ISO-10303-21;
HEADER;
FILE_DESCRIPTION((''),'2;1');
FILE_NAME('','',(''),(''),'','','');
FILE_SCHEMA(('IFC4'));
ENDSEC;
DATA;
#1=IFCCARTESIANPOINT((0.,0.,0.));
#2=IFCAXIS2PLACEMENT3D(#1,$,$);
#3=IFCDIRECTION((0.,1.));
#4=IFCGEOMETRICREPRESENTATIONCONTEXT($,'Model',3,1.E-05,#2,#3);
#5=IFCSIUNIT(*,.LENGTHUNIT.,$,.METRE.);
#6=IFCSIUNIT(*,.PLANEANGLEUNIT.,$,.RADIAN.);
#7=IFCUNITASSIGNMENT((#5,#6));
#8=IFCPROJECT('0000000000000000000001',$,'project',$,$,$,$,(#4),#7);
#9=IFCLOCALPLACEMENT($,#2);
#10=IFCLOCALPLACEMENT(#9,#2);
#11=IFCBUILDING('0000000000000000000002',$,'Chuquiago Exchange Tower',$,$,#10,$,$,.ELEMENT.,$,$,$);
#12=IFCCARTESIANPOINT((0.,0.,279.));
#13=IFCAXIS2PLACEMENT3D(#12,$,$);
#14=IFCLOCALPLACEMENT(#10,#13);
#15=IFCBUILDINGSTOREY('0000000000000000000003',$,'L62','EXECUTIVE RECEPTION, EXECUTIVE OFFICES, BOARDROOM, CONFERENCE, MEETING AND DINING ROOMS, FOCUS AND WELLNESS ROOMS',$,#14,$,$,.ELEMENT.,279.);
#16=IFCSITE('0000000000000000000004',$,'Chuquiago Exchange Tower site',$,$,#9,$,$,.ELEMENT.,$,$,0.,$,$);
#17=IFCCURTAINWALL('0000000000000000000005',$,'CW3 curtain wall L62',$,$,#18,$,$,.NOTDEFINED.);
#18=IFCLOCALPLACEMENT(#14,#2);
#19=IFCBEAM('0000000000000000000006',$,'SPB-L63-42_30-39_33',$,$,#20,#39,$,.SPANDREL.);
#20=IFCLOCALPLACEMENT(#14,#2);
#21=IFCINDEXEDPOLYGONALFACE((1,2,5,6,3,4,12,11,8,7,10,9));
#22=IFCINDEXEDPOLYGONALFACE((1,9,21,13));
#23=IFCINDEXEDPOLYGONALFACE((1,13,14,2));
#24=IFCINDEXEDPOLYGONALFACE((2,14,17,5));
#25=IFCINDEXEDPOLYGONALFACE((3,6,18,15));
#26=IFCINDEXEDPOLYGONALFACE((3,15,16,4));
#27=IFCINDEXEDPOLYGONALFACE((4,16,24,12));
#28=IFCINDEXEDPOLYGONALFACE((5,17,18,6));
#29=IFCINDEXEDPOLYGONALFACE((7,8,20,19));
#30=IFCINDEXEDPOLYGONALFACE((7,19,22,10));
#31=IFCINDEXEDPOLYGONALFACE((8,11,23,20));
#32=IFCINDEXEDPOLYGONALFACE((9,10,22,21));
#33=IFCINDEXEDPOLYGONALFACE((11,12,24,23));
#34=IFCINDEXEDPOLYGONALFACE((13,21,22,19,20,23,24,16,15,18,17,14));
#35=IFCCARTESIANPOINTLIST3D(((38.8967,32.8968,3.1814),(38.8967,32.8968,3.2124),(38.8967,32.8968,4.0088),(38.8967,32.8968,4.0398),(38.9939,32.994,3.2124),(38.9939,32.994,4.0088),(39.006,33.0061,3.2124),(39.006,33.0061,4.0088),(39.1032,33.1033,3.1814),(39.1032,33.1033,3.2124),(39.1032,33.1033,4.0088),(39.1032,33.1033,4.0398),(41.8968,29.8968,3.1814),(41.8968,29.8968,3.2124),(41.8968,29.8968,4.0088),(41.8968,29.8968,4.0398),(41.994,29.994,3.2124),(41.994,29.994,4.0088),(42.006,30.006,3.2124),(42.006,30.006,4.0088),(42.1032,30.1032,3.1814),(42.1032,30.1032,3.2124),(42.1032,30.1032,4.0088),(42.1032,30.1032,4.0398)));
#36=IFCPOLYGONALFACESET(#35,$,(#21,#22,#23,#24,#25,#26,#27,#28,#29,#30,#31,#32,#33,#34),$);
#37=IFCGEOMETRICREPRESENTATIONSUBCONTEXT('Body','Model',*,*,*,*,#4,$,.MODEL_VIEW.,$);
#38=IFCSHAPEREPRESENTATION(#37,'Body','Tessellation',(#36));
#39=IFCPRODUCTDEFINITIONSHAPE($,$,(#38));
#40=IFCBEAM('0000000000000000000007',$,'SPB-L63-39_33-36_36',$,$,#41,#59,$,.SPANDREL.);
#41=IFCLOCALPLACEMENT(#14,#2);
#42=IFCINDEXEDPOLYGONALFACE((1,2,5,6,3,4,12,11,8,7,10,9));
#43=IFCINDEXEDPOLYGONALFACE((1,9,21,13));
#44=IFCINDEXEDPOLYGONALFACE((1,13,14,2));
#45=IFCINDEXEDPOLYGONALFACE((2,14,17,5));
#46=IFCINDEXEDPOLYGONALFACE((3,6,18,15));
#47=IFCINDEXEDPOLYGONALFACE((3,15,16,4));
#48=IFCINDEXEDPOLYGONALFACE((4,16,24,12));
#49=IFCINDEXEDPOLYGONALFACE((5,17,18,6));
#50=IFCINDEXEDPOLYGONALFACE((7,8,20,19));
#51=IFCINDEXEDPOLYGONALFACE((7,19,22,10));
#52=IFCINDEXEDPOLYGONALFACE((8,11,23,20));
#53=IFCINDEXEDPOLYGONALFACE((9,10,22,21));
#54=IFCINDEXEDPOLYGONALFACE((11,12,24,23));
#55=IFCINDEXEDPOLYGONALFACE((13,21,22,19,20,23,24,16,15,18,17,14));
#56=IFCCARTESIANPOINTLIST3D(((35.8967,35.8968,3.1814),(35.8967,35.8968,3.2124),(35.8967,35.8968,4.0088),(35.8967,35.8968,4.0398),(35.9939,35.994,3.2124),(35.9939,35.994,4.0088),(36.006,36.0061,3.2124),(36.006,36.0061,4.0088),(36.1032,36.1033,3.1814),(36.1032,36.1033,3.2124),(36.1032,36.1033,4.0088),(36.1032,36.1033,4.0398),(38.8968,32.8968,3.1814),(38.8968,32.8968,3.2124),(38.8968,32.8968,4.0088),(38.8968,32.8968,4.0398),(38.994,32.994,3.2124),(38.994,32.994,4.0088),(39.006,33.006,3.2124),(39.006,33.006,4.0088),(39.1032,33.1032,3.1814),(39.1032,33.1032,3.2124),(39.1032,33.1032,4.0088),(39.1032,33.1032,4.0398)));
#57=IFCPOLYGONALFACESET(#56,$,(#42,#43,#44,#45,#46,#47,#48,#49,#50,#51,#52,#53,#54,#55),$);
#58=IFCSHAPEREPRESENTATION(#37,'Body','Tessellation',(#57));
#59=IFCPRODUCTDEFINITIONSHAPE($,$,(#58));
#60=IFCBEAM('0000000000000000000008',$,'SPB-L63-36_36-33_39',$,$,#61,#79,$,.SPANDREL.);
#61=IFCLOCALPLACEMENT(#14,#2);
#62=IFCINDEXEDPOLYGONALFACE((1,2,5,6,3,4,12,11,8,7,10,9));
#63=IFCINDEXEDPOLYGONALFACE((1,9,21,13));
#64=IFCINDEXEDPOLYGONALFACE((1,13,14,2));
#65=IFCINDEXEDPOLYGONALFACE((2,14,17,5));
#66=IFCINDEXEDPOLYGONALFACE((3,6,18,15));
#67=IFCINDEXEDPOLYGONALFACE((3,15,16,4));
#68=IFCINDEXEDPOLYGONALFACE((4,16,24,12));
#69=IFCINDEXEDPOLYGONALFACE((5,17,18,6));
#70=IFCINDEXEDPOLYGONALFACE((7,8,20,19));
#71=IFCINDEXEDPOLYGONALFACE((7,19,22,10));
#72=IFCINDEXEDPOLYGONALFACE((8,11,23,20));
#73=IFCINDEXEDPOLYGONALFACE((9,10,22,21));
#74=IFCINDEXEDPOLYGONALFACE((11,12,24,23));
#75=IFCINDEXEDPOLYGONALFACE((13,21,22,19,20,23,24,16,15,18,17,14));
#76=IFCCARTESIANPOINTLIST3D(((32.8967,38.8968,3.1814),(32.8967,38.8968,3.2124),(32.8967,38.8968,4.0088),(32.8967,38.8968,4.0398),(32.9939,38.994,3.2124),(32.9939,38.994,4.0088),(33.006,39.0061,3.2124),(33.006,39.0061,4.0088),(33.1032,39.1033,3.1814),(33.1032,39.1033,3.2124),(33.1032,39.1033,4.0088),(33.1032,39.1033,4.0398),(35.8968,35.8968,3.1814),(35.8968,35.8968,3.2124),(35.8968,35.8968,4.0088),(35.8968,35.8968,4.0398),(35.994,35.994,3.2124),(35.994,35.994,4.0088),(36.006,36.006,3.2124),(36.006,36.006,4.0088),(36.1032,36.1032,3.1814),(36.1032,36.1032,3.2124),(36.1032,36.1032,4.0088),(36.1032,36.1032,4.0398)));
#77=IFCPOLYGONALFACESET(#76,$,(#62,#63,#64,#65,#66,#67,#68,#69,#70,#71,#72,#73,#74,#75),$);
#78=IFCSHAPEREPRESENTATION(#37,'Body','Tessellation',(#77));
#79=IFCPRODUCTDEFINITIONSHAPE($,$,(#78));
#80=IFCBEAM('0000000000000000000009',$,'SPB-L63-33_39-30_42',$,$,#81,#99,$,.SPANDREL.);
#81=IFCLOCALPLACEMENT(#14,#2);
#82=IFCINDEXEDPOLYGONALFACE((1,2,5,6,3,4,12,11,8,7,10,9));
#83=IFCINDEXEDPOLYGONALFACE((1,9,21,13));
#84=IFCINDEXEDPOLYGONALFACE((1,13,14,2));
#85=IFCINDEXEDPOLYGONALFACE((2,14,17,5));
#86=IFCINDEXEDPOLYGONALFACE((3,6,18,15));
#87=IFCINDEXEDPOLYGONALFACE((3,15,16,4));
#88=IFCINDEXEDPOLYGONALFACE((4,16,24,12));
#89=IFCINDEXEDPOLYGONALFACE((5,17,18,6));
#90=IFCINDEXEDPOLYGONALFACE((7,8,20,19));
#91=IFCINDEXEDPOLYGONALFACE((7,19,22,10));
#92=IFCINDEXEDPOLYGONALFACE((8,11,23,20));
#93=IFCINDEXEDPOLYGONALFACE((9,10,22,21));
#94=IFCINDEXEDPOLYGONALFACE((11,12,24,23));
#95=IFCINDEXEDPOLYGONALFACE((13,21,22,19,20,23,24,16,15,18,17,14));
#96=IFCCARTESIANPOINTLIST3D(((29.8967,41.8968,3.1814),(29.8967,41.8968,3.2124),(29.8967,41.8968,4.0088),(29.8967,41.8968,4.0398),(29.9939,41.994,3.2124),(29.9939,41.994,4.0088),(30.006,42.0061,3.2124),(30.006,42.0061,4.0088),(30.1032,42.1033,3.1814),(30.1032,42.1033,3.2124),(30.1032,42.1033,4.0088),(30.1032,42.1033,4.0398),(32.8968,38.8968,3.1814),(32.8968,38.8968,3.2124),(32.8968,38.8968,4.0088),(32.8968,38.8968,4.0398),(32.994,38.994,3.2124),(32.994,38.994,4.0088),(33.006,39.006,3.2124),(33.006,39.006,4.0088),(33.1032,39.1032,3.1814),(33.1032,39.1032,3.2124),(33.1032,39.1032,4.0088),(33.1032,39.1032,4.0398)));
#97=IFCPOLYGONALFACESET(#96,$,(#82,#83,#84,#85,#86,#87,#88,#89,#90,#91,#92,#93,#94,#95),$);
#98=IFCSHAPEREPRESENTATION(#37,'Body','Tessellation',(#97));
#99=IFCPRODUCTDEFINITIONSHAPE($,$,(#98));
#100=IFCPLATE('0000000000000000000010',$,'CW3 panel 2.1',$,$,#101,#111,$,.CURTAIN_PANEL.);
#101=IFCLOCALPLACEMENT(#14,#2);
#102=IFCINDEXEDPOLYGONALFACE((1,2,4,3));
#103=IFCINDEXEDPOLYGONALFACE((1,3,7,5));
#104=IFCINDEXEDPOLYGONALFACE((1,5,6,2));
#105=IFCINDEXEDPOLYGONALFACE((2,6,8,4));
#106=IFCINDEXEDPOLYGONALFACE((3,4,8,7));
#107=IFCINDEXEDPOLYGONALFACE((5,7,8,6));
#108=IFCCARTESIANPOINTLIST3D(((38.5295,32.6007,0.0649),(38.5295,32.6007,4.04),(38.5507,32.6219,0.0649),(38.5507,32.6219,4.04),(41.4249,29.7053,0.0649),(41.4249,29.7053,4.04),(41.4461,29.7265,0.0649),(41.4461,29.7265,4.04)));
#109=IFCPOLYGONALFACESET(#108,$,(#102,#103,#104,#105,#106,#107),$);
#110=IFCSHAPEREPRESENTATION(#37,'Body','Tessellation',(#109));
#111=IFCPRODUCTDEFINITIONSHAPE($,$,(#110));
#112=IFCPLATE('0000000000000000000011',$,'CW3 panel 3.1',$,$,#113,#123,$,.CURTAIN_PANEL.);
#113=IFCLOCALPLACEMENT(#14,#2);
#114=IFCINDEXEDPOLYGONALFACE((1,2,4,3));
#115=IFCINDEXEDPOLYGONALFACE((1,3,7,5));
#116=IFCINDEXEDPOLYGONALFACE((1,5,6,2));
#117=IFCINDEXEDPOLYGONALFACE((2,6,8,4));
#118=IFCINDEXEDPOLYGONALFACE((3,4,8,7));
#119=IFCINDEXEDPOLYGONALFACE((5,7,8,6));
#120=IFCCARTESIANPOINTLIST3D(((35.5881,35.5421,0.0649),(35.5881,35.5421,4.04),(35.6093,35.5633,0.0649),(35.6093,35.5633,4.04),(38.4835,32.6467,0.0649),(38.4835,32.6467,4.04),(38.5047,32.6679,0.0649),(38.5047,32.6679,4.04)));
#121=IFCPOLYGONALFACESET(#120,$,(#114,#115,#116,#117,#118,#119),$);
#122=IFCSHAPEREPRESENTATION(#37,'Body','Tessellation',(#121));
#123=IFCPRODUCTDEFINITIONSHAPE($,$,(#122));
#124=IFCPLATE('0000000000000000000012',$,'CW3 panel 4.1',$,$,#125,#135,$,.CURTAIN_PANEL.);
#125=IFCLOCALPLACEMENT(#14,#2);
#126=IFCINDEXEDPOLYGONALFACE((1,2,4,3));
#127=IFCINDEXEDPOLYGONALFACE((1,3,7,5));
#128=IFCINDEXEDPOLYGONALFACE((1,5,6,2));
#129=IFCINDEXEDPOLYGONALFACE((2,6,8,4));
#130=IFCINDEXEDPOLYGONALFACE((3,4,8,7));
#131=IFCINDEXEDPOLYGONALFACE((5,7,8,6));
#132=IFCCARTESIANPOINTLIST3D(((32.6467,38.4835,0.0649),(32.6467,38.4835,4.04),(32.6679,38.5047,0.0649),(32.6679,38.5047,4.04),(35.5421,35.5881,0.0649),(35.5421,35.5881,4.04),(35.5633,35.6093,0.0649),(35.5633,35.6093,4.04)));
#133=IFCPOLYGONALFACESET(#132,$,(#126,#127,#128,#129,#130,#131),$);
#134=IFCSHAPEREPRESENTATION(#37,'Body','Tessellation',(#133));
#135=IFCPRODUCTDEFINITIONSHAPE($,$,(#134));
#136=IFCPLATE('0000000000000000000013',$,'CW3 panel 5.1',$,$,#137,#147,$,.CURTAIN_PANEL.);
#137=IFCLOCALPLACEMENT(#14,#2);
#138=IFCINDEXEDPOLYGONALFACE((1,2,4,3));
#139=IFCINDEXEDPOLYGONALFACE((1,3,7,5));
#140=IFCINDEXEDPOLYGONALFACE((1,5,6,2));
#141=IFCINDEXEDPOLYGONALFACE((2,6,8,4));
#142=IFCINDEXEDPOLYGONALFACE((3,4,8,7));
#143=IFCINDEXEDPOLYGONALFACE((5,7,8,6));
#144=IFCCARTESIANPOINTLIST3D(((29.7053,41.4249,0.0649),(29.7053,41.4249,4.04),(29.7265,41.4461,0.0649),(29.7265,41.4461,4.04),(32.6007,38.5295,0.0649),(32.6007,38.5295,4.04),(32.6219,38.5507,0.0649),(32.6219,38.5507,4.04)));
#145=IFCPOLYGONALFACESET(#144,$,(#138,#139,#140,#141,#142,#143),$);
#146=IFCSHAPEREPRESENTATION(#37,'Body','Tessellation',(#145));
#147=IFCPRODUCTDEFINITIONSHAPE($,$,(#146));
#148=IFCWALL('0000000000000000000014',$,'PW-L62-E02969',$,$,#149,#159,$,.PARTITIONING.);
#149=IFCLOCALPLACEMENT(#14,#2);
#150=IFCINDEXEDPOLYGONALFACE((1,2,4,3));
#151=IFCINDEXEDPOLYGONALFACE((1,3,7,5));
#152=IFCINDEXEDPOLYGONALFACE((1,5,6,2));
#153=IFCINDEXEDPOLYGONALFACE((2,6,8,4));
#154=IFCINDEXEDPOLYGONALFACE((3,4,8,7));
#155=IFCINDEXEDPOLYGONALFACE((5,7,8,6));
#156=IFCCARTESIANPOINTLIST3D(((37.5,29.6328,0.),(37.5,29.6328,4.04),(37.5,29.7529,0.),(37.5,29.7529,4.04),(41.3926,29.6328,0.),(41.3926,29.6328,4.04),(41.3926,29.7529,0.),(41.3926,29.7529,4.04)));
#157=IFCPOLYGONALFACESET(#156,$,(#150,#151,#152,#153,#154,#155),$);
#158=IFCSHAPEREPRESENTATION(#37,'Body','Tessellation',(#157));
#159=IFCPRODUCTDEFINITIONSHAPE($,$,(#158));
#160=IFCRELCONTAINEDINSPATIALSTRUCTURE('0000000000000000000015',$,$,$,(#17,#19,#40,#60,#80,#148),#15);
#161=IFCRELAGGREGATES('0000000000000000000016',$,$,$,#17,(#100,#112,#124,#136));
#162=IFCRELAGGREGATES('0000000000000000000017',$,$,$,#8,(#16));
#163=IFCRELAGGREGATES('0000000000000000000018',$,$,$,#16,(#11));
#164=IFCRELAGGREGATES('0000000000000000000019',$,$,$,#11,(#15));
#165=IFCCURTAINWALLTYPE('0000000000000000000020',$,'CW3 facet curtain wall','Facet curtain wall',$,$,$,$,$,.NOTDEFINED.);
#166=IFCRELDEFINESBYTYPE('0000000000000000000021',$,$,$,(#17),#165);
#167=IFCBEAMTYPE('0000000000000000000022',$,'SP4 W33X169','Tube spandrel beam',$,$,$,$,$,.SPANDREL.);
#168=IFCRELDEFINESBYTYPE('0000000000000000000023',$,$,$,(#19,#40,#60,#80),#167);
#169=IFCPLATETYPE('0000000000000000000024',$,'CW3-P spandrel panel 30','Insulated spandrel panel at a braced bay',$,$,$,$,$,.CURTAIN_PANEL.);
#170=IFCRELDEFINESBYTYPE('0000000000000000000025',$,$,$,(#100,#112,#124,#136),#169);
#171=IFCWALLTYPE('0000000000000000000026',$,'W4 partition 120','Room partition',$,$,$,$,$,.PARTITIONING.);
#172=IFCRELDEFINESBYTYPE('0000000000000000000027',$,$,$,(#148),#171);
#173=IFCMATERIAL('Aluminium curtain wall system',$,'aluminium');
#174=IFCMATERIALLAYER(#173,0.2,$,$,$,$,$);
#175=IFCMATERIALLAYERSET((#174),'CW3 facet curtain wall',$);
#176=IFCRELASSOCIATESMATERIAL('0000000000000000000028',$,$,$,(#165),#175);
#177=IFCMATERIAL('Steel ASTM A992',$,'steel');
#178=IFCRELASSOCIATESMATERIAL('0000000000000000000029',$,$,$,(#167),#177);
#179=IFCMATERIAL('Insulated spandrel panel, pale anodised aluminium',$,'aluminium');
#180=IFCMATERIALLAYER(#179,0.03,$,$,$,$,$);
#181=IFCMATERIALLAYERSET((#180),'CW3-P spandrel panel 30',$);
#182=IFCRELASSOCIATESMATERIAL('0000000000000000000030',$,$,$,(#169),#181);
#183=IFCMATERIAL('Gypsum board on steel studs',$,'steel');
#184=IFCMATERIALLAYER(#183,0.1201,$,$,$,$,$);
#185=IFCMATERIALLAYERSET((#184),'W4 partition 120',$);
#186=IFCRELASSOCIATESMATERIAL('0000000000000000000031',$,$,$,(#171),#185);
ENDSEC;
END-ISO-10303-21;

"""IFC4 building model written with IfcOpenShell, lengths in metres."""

from ifc_helpers import new_model, si_unit, direction, frame, frame_2d, origin, origin_2d, place, context, subcontext, project, spatial, rectangle, i_section, extrude, material, layer, layer_set, material_profile, profile_set, type_object, element, aggregate, save


model = new_model("IFC4")

# Units and contexts
model_context = context("Model", 3, precision=1e-05, world=origin(), true_north=direction((0.0, 1.0)))
body_context = subcontext(model_context, "Body", "Model", "MODEL_VIEW")
ifc_project = project(units=[si_unit("LENGTHUNIT", "METRE"), si_unit("PLANEANGLEUNIT", "RADIAN")], contexts=[model_context])

# Site, building, storey
site_placement = place(None, origin())
site = spatial("IfcSite", under=ifc_project, at=site_placement, Name="Chuquiago Exchange Tower site", CompositionType="ELEMENT", RefElevation=0.0)
building_placement = place(site_placement, origin())
building = spatial("IfcBuilding", under=site, at=building_placement, Name="Chuquiago Exchange Tower", CompositionType="ELEMENT")
storey_placement = place(building_placement, frame((0.0, 0.0, 279.0)))
storey = spatial("IfcBuildingStorey", under=building, at=storey_placement, Name="L62", Description="EXECUTIVE RECEPTION, EXECUTIVE OFFICES, BOARDROOM, CONFERENCE, MEETING AND DINING ROOMS, FOCUS AND WELLNESS ROOMS", CompositionType="ELEMENT", Elevation=279.0)

# Curtain wall
ifc_material_1 = material(Name="Aluminium curtain wall system", Category="aluminium")
ifc_layer_1 = layer(ifc_material_1, 0.2)
ifc_layer_set_1 = layer_set([ifc_layer_1], Name="CW3 facet curtain wall")
curtain_wall_type = type_object("IfcCurtainWallType", Name="CW3 facet curtain wall", Description="Facet curtain wall", PredefinedType="NOTDEFINED", material=ifc_layer_set_1)
curtain_wall_placement = place(storey_placement, origin())
curtain_wall = element("IfcCurtainWall", 1, at=curtain_wall_placement, inside=storey, type_object=curtain_wall_type, Name="CW3 curtain wall L62", PredefinedType="NOTDEFINED")

# Beams
ifc_material_2 = material(Name="Steel ASTM A992", Category="steel")
ifc_material_profile_1 = material_profile(ifc_material_2, i_section(OverallWidth=0.292, OverallDepth=0.8584, WebThickness=0.0171, FlangeThickness=0.031, at=origin_2d()), Name="W33X169")
ifc_profile_set_1 = profile_set([ifc_material_profile_1], Name="Steel ASTM A992")
beam_type_1 = type_object("IfcBeamType", Name="SP4 W33X169", Description="Tube spandrel beam", PredefinedType="SPANDREL", material=ifc_profile_set_1)
for number, where, z_axis, x_axis, name in (
    (2, (42.0, 30.0, 3.6106), (-0.707107, 0.707107, 0.0), (-0.707107, -0.707107, 0.0), "SPB-L63-42_30-39_33"),
    (3, (39.0, 33.0, 3.6106), (-0.707107, 0.707107, 0.0), (-0.707107, -0.707107, 0.0), "SPB-L63-39_33-36_36"),
    (4, (36.0, 36.0, 3.6106), (-0.707107, 0.707107, 0.0), (-0.707107, -0.707107, 0.0), "SPB-L63-36_36-33_39"),
    (5, (33.0, 39.0, 3.6106), (-0.707107, 0.707107, 0.0), (-0.707107, -0.707107, 0.0), "SPB-L63-33_39-30_42"),
):
    element("IfcBeam", number, at=place(storey_placement, frame(where, z_axis=z_axis, x_axis=x_axis)), inside=storey, type_object=beam_type_1, Name=name, PredefinedType="SPANDREL", context=body_context, shape_type="SweptSolid", body=[
        extrude(i_section(OverallWidth=0.292, OverallDepth=0.8584, WebThickness=0.0171, FlangeThickness=0.031, at=origin_2d()), origin(), (0.0, 0.0, 1.0), 4.2427),
    ])

# Plates
ifc_material_3 = material(Name="Insulated spandrel panel, pale anodised aluminium", Category="aluminium")
ifc_layer_2 = layer(ifc_material_3, 0.03)
ifc_layer_set_2 = layer_set([ifc_layer_2], Name="CW3-P spandrel panel 30")
plate_type = type_object("IfcPlateType", Name="CW3-P spandrel panel 30", Description="Insulated spandrel panel at a braced bay", PredefinedType="CURTAIN_PANEL", material=ifc_layer_set_2)
plate_1_placement = place(storey_placement, frame((39.9878, 31.1636, 0.0649), z_axis=(0.0, 0.0, 1.0), x_axis=(-0.707107, 0.707107, 0.0)))
plate_1 = element("IfcPlate", 6, at=plate_1_placement, type_object=plate_type, Name="CW3 panel 2.1", PredefinedType="CURTAIN_PANEL", context=body_context, shape_type="SweptSolid", body=[
    extrude(rectangle(XDim=4.0947, YDim=0.03, at=origin_2d()), origin(), (0.0, 0.0, 1.0), 3.9751),
])
plate_2_placement = place(storey_placement, frame((37.0464, 34.105, 0.0649), z_axis=(0.0, 0.0, 1.0), x_axis=(-0.707107, 0.707107, 0.0)))
plate_2 = element("IfcPlate", 7, at=plate_2_placement, type_object=plate_type, Name="CW3 panel 3.1", PredefinedType="CURTAIN_PANEL", context=body_context, shape_type="SweptSolid", body=[
    extrude(rectangle(XDim=4.0947, YDim=0.03, at=origin_2d()), origin(), (0.0, 0.0, 1.0), 3.9751),
])
plate_3_placement = place(storey_placement, frame((34.105, 37.0464, 0.0649), z_axis=(0.0, 0.0, 1.0), x_axis=(-0.707107, 0.707107, 0.0)))
plate_3 = element("IfcPlate", 8, at=plate_3_placement, type_object=plate_type, Name="CW3 panel 4.1", PredefinedType="CURTAIN_PANEL", context=body_context, shape_type="SweptSolid", body=[
    extrude(rectangle(XDim=4.0947, YDim=0.03, at=origin_2d()), origin(), (0.0, 0.0, 1.0), 3.9751),
])
plate_4_placement = place(storey_placement, frame((31.1636, 39.9878, 0.0649), z_axis=(0.0, 0.0, 1.0), x_axis=(-0.707107, 0.707107, 0.0)))
plate_4 = element("IfcPlate", 9, at=plate_4_placement, type_object=plate_type, Name="CW3 panel 5.1", PredefinedType="CURTAIN_PANEL", context=body_context, shape_type="SweptSolid", body=[
    extrude(rectangle(XDim=4.0947, YDim=0.03, at=origin_2d()), origin(), (0.0, 0.0, 1.0), 3.9751),
])
aggregate(curtain_wall, [plate_1, plate_2, plate_3, plate_4])

# Wall
ifc_material_4 = material(Name="Gypsum board on steel studs", Category="steel")
ifc_layer_3 = layer(ifc_material_4, 0.1201)
ifc_layer_set_3 = layer_set([ifc_layer_3], Name="W4 partition 120")
wall_type = type_object("IfcWallType", Name="W4 partition 120", Description="Room partition", PredefinedType="PARTITIONING", material=ifc_layer_set_3)
wall_placement = place(storey_placement, frame((41.3926, 29.6929, 0.0), z_axis=(0.0, 0.0, 1.0), x_axis=(-1.0, 0.0, 0.0)))
element("IfcWall", 10, at=wall_placement, inside=storey, type_object=wall_type, Name="PW-L62-E02969", PredefinedType="PARTITIONING", context=body_context, shape_type="SweptSolid", body=[
    extrude(rectangle(XDim=3.8926, YDim=0.1201, at=frame_2d((1.9463, 0.0))), origin(), (0.0, 0.0, 1.0), 4.04),
])

save(model, "model.ifc")
